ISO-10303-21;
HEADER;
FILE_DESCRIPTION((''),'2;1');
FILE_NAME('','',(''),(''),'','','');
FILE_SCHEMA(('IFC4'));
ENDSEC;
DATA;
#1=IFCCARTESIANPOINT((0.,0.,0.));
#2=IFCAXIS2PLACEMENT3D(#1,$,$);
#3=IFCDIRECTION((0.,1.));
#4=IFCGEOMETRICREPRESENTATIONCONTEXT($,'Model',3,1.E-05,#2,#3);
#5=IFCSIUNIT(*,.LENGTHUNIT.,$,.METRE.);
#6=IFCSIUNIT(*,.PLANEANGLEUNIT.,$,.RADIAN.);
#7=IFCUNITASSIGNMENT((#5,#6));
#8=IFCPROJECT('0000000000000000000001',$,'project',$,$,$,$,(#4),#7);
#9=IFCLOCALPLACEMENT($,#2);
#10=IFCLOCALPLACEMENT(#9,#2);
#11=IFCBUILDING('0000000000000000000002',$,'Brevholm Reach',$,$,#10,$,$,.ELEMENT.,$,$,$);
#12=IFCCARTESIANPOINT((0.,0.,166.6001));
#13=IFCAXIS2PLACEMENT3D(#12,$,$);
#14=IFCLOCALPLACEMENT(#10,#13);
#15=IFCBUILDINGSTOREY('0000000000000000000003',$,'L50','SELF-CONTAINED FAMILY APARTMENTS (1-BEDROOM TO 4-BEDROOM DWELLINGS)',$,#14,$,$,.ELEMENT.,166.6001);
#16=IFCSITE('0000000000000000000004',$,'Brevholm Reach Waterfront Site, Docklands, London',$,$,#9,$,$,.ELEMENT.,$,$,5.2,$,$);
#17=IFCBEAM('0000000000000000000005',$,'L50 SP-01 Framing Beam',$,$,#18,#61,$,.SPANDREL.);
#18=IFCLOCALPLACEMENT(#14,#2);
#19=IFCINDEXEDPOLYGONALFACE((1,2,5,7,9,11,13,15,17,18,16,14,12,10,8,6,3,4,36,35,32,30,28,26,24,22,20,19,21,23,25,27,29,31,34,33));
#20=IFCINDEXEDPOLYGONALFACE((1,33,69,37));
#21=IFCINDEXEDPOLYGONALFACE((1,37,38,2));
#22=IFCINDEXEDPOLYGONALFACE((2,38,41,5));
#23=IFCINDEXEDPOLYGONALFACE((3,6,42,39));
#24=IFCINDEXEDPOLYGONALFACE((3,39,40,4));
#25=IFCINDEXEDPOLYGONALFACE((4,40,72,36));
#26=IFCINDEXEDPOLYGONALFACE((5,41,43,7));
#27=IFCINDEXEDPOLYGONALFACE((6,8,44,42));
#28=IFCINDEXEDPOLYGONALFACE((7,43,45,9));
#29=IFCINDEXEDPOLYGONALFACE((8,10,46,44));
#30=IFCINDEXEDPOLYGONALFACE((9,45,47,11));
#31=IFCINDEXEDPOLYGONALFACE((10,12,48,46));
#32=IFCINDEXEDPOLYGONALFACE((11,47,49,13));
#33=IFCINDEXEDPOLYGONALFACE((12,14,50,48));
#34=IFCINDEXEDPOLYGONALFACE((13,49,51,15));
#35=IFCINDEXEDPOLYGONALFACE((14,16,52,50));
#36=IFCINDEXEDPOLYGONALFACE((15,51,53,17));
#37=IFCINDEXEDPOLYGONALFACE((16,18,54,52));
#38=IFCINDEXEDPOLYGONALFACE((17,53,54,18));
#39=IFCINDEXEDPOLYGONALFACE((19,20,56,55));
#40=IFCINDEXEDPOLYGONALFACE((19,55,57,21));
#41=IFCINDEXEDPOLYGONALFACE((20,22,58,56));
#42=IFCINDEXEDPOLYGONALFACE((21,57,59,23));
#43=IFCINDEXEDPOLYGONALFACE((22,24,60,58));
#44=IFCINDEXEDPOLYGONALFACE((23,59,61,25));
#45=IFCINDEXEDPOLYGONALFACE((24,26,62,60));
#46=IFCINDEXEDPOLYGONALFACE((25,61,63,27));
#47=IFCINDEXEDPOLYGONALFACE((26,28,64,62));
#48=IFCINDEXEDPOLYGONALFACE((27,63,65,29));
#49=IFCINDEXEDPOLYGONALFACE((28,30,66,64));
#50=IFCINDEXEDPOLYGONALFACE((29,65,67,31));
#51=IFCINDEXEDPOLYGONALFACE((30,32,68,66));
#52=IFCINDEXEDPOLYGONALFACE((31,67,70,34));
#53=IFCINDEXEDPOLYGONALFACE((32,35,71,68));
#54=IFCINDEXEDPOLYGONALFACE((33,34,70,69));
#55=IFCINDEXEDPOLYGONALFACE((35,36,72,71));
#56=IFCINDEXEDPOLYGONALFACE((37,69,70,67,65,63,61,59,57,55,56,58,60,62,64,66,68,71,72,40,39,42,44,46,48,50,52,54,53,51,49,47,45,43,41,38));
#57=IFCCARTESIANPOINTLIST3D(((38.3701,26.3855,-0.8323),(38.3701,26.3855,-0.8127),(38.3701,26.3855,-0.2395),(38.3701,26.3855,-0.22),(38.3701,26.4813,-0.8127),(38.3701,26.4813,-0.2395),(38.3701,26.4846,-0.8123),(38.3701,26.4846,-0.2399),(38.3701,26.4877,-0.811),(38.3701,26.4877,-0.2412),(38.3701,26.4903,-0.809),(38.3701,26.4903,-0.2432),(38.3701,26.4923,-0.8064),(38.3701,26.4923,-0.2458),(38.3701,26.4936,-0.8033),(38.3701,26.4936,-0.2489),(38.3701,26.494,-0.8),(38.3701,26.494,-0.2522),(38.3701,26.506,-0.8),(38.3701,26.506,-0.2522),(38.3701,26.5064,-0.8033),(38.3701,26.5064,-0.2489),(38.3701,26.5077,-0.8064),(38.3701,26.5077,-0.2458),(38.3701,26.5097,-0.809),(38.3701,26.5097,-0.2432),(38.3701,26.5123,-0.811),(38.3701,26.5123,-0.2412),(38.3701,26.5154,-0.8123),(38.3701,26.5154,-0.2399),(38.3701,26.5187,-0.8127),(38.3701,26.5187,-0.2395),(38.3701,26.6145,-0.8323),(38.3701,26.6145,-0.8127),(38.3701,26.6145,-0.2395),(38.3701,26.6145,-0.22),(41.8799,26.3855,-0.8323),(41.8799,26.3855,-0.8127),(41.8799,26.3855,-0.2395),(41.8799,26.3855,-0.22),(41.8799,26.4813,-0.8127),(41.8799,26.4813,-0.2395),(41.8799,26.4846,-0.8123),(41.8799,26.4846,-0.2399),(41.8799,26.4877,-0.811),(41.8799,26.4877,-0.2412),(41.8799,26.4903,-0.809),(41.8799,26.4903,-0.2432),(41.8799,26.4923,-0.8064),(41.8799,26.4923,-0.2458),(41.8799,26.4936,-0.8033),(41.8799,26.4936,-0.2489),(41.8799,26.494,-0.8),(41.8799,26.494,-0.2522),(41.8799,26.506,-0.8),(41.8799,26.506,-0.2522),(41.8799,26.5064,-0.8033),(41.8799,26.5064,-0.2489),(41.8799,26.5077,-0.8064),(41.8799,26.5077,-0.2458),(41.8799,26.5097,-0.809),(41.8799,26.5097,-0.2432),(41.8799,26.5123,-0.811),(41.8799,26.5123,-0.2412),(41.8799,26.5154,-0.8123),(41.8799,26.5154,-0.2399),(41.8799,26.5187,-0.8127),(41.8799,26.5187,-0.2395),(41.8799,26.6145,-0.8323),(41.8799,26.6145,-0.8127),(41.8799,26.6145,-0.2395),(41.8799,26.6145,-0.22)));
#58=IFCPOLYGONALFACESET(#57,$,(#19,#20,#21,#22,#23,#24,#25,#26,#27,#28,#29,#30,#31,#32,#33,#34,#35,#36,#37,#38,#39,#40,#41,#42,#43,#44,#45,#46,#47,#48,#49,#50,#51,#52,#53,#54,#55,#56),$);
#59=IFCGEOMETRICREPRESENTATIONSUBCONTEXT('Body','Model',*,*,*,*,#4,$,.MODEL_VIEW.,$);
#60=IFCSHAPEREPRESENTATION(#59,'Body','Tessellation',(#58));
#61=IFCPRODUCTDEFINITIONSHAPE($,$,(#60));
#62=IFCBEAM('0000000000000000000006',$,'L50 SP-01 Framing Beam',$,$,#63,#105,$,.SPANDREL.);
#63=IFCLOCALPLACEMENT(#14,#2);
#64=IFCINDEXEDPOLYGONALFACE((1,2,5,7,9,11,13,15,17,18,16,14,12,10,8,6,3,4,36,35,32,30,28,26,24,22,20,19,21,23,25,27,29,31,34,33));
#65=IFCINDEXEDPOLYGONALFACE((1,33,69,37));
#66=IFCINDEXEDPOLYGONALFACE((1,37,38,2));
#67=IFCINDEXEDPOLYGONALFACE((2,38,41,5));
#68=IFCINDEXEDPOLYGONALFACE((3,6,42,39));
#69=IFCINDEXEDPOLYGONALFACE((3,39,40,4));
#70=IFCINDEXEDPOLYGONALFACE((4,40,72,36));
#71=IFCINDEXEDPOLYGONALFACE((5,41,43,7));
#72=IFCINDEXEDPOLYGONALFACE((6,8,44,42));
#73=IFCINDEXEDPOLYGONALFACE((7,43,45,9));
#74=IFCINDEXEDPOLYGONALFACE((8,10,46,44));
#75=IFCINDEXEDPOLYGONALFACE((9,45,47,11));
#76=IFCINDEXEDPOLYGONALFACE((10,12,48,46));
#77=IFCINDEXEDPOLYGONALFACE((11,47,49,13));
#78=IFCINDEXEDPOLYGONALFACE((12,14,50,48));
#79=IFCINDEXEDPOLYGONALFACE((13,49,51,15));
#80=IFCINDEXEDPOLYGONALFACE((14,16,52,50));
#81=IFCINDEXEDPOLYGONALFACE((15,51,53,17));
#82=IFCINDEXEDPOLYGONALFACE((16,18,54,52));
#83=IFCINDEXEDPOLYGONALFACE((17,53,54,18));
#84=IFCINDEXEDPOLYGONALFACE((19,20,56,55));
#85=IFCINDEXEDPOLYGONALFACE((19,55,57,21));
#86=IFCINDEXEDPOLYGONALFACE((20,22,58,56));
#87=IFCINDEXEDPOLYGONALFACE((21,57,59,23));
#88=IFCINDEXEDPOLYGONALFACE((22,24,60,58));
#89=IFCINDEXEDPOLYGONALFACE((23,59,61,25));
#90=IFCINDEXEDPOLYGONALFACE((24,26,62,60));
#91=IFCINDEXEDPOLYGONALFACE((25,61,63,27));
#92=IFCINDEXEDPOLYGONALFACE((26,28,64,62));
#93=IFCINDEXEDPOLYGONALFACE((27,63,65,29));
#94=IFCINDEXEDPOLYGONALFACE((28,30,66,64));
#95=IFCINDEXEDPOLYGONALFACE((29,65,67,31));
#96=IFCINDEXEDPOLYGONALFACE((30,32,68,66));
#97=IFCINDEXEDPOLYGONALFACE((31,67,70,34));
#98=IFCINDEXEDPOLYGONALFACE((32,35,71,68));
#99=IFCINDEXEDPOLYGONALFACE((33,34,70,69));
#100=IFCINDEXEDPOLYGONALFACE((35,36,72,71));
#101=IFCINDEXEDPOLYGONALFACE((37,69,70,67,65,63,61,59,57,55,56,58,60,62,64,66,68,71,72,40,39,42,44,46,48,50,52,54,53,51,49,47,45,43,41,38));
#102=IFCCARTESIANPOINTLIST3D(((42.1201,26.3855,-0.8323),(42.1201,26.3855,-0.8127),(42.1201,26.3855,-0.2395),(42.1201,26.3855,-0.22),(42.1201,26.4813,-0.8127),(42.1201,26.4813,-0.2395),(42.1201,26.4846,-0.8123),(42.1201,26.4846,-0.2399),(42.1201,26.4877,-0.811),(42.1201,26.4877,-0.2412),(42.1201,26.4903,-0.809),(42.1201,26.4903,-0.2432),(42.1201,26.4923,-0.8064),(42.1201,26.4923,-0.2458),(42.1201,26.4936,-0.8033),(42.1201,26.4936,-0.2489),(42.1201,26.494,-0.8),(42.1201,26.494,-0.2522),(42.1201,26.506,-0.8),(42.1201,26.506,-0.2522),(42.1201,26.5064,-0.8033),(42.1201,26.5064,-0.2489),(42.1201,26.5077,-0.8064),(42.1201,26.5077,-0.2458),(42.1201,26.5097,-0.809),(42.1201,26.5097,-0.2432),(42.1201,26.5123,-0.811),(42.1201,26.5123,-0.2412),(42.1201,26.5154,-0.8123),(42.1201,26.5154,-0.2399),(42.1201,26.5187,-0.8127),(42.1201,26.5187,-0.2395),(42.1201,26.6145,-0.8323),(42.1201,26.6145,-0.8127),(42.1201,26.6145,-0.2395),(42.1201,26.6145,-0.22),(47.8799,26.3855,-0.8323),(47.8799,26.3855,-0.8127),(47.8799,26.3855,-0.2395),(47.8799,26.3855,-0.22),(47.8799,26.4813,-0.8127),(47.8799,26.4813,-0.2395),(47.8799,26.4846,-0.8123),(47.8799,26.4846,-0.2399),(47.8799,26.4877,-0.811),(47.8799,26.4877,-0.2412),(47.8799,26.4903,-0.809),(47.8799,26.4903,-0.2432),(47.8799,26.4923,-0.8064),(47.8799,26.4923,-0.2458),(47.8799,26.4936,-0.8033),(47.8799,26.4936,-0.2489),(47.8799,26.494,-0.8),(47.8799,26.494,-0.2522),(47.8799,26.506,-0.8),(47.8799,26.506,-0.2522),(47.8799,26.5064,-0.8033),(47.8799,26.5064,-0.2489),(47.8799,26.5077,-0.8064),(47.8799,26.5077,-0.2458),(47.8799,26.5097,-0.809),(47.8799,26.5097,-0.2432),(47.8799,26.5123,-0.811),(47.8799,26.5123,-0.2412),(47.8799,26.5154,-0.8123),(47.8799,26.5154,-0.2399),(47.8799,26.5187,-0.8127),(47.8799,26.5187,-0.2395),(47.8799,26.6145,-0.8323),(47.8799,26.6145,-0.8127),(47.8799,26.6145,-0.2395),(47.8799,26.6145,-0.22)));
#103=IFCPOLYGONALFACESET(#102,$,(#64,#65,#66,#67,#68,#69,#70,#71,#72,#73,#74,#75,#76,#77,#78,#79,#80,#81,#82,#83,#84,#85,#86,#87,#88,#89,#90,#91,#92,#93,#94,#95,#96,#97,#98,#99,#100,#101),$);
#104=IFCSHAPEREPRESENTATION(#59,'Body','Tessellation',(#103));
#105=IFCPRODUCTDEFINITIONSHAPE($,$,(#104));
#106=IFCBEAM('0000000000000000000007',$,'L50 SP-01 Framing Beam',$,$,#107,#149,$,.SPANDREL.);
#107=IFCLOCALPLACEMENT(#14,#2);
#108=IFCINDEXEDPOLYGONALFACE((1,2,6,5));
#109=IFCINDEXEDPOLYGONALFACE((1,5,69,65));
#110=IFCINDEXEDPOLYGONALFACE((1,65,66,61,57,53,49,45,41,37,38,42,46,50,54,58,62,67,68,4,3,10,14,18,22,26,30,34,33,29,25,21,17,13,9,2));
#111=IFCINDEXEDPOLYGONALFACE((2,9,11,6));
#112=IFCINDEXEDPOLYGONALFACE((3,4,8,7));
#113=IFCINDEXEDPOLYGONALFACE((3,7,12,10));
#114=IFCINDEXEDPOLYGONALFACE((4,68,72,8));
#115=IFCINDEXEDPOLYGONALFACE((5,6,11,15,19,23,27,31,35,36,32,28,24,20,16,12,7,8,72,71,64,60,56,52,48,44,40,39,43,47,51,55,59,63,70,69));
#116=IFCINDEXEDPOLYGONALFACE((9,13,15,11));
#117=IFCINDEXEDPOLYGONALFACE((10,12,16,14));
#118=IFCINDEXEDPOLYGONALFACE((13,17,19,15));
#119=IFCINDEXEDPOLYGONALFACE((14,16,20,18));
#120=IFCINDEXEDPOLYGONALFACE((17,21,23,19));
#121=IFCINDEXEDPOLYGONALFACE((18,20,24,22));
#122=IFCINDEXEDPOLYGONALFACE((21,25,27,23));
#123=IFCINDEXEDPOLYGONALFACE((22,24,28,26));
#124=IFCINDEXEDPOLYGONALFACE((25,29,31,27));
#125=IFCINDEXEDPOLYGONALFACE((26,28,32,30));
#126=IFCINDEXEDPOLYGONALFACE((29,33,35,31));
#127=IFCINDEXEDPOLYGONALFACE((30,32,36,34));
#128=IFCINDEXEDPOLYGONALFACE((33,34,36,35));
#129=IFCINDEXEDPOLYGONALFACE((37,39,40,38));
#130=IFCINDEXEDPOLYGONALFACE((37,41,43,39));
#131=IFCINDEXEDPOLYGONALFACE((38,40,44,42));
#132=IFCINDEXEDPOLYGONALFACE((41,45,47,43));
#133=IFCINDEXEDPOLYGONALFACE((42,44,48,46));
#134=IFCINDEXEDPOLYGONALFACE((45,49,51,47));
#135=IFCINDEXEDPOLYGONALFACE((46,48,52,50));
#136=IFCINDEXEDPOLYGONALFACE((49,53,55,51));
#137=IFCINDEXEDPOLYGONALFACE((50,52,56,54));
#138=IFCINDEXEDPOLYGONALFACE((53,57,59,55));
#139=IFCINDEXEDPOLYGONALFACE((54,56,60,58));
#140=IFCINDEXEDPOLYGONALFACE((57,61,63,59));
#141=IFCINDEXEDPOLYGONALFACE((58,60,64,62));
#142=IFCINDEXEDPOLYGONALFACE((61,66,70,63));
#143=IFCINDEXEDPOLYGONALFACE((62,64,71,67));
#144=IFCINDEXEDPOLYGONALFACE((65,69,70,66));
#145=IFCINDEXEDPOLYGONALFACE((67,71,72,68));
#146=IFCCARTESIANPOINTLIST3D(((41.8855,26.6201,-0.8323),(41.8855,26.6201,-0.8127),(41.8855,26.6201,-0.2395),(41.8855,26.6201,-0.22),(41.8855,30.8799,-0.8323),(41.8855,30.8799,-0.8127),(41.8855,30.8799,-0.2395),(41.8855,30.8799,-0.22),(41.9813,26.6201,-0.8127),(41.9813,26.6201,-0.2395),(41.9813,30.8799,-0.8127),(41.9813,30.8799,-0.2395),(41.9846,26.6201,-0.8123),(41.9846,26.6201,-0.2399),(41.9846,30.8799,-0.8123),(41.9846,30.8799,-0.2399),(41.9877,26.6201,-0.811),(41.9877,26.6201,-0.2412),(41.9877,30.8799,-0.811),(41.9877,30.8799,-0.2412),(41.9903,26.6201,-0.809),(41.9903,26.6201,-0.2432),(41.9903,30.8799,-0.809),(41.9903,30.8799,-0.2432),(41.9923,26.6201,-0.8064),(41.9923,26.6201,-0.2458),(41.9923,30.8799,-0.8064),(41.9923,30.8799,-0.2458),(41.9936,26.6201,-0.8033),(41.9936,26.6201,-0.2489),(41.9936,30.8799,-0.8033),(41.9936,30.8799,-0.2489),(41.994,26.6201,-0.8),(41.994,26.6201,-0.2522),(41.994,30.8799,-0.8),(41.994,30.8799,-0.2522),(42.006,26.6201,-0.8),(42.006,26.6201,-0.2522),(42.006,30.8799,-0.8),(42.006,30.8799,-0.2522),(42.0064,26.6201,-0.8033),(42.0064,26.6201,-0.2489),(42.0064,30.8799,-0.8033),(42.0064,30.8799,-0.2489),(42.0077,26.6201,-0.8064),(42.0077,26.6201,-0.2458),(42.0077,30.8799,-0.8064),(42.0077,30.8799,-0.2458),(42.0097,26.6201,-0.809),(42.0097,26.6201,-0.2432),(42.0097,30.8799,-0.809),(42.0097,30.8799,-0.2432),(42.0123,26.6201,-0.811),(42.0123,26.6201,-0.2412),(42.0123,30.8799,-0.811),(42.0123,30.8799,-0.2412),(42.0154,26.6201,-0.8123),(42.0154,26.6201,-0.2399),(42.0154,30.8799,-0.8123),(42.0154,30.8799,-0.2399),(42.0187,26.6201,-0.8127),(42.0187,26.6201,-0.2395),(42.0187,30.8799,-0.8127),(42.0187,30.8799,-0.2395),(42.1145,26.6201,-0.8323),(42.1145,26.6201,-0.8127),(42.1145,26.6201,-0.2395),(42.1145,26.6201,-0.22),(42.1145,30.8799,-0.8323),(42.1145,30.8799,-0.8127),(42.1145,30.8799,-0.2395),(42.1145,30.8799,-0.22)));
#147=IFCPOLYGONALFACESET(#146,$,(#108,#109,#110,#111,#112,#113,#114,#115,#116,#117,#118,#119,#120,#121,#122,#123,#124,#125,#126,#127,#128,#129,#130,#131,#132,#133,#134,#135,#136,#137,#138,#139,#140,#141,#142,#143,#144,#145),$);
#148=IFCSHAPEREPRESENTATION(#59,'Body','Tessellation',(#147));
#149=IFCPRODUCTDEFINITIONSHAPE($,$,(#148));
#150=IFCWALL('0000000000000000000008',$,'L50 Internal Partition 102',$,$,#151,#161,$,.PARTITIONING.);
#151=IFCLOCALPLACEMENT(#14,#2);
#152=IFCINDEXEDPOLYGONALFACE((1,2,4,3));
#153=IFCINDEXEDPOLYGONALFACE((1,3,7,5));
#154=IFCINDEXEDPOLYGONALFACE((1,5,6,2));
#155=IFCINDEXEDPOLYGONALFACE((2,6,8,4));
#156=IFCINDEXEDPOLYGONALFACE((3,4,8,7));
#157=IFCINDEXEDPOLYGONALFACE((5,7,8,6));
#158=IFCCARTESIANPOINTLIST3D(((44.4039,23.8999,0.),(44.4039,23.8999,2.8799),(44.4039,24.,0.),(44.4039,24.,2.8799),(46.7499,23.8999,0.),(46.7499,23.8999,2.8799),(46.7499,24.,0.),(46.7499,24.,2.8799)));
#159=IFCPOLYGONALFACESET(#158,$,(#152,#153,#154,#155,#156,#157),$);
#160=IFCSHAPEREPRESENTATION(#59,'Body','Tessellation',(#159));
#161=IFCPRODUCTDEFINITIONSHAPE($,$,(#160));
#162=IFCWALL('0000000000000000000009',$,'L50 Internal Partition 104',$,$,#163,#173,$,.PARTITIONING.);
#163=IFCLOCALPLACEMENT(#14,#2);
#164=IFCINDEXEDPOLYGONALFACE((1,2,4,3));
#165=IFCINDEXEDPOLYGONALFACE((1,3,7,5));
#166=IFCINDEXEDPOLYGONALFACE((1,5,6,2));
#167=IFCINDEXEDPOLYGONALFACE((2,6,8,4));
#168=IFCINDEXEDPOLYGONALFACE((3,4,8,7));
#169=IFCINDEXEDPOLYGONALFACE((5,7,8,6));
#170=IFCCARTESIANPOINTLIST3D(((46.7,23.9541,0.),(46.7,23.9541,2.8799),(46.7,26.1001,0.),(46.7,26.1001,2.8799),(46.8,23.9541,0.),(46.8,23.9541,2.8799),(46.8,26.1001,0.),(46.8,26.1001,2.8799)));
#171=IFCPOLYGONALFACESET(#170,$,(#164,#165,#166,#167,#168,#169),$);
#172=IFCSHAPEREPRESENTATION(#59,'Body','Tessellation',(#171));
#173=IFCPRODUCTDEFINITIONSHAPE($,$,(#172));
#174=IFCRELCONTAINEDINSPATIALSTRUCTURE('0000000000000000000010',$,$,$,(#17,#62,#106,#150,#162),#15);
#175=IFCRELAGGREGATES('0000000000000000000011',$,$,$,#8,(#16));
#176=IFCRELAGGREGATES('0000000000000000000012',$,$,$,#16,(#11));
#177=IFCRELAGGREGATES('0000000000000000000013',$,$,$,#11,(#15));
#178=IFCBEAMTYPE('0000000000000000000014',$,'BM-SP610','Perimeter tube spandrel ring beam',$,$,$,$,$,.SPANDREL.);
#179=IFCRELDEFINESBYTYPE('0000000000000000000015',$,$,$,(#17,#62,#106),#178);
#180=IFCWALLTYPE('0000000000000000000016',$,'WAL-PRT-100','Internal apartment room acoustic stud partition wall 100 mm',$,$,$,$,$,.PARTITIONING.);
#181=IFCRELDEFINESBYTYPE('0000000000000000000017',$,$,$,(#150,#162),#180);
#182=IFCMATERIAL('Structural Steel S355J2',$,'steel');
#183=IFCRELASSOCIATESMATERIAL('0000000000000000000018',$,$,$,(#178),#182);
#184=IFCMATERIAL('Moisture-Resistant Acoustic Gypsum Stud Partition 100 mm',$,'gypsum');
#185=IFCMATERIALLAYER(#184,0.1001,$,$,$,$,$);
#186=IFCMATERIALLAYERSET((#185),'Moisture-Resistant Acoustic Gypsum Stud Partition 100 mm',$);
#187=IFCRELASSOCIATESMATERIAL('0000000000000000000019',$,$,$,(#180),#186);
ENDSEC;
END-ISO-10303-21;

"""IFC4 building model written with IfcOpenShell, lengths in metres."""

from ifc_helpers import new_model, si_unit, direction, frame, frame_2d, origin, origin_2d, place, context, subcontext, project, spatial, rectangle, i_section, extrude, material, layer, layer_set, material_profile, profile_set, type_object, element, save


model = new_model("IFC4")

# Units and contexts
model_context = context("Model", 3, precision=1e-05, world=origin(), true_north=direction((0.0, 1.0)))
body_context = subcontext(model_context, "Body", "Model", "MODEL_VIEW")
ifc_project = project(units=[si_unit("LENGTHUNIT", "METRE"), si_unit("PLANEANGLEUNIT", "RADIAN")], contexts=[model_context])

# Site, building, storey
site_placement = place(None, origin())
site = spatial("IfcSite", under=ifc_project, at=site_placement, Name="Brevholm Reach Waterfront Site, Docklands, London", CompositionType="ELEMENT", RefElevation=5.2)
building_placement = place(site_placement, origin())
building = spatial("IfcBuilding", under=site, at=building_placement, Name="Brevholm Reach", CompositionType="ELEMENT")
storey_placement = place(building_placement, frame((0.0, 0.0, 166.6001)))
storey = spatial("IfcBuildingStorey", under=building, at=storey_placement, Name="L50", Description="SELF-CONTAINED FAMILY APARTMENTS (1-BEDROOM TO 4-BEDROOM DWELLINGS)", CompositionType="ELEMENT", Elevation=166.6001)

# Beams
ifc_material_1 = material(Name="Structural Steel S355J2", Category="steel")
ifc_material_profile_1 = material_profile(ifc_material_1, i_section(OverallWidth=0.229, OverallDepth=0.6123, WebThickness=0.012, FlangeThickness=0.0195, FilletRadius=0.0127, at=origin_2d()), Name="UKB 610x229x125")
ifc_profile_set_1 = profile_set([ifc_material_profile_1], Name="Structural Steel S355J2")
beam_type_1 = type_object("IfcBeamType", Name="BM-SP610", Description="Perimeter tube spandrel ring beam", PredefinedType="SPANDREL", material=ifc_profile_set_1)
beam_1_placement = place(storey_placement, frame((38.3701, 26.5, -0.5261), z_axis=(1.0, 0.0, 0.0), x_axis=(0.0, 1.0, 0.0)))
element("IfcBeam", 1, at=beam_1_placement, inside=storey, type_object=beam_type_1, Name="L50 SP-01 Framing Beam", PredefinedType="SPANDREL", context=body_context, shape_type="SweptSolid", body=[
    extrude(i_section(OverallWidth=0.229, OverallDepth=0.6123, WebThickness=0.012, FlangeThickness=0.0195, FilletRadius=0.0127, at=origin_2d()), origin(), (0.0, 0.0, 1.0), 3.5098),
])
beam_2_placement = place(storey_placement, frame((42.1201, 26.5, -0.5261), z_axis=(1.0, 0.0, 0.0), x_axis=(0.0, 1.0, 0.0)))
element("IfcBeam", 2, at=beam_2_placement, inside=storey, type_object=beam_type_1, Name="L50 SP-01 Framing Beam", PredefinedType="SPANDREL", context=body_context, shape_type="SweptSolid", body=[
    extrude(i_section(OverallWidth=0.229, OverallDepth=0.6123, WebThickness=0.012, FlangeThickness=0.0195, FilletRadius=0.0127, at=origin_2d()), origin(), (0.0, 0.0, 1.0), 5.7598),
])
beam_3_placement = place(storey_placement, frame((42.0, 26.6201, -0.5261), z_axis=(0.0, 1.0, 0.0), x_axis=(-1.0, 0.0, 0.0)))
element("IfcBeam", 3, at=beam_3_placement, inside=storey, type_object=beam_type_1, Name="L50 SP-01 Framing Beam", PredefinedType="SPANDREL", context=body_context, shape_type="SweptSolid", body=[
    extrude(i_section(OverallWidth=0.229, OverallDepth=0.6123, WebThickness=0.012, FlangeThickness=0.0195, FilletRadius=0.0127, at=origin_2d()), origin(), (0.0, 0.0, 1.0), 4.2598),
])

# Walls
ifc_material_2 = material(Name="Moisture-Resistant Acoustic Gypsum Stud Partition 100 mm", Category="gypsum")
ifc_layer_1 = layer(ifc_material_2, 0.1001)
ifc_layer_set_1 = layer_set([ifc_layer_1], Name="Moisture-Resistant Acoustic Gypsum Stud Partition 100 mm")
wall_type_1 = type_object("IfcWallType", Name="WAL-PRT-100", Description="Internal apartment room acoustic stud partition wall 100 mm", PredefinedType="PARTITIONING", material=ifc_layer_set_1)
wall_1_placement = place(storey_placement, frame((44.4041, 23.95, 0.0), z_axis=(0.0, 0.0, 1.0), x_axis=(1.0, 0.0, 0.0)))
element("IfcWall", 4, at=wall_1_placement, inside=storey, type_object=wall_type_1, Name="L50 Internal Partition 102", PredefinedType="PARTITIONING", context=body_context, shape_type="SweptSolid", body=[
    extrude(rectangle(XDim=2.3459, YDim=0.1001, at=frame_2d((1.1729, 0.0))), origin(), (0.0, 0.0, 1.0), 2.8799),
])
wall_2_placement = place(storey_placement, frame((46.75, 23.9541, 0.0), z_axis=(0.0, 0.0, 1.0), x_axis=(0.0, 1.0, 0.0)))
element("IfcWall", 5, at=wall_2_placement, inside=storey, type_object=wall_type_1, Name="L50 Internal Partition 104", PredefinedType="PARTITIONING", context=body_context, shape_type="SweptSolid", body=[
    extrude(rectangle(XDim=2.146, YDim=0.1001, at=frame_2d((1.073, 0.0))), origin(), (0.0, 0.0, 1.0), 2.8799),
])

save(model, "model.ifc")
